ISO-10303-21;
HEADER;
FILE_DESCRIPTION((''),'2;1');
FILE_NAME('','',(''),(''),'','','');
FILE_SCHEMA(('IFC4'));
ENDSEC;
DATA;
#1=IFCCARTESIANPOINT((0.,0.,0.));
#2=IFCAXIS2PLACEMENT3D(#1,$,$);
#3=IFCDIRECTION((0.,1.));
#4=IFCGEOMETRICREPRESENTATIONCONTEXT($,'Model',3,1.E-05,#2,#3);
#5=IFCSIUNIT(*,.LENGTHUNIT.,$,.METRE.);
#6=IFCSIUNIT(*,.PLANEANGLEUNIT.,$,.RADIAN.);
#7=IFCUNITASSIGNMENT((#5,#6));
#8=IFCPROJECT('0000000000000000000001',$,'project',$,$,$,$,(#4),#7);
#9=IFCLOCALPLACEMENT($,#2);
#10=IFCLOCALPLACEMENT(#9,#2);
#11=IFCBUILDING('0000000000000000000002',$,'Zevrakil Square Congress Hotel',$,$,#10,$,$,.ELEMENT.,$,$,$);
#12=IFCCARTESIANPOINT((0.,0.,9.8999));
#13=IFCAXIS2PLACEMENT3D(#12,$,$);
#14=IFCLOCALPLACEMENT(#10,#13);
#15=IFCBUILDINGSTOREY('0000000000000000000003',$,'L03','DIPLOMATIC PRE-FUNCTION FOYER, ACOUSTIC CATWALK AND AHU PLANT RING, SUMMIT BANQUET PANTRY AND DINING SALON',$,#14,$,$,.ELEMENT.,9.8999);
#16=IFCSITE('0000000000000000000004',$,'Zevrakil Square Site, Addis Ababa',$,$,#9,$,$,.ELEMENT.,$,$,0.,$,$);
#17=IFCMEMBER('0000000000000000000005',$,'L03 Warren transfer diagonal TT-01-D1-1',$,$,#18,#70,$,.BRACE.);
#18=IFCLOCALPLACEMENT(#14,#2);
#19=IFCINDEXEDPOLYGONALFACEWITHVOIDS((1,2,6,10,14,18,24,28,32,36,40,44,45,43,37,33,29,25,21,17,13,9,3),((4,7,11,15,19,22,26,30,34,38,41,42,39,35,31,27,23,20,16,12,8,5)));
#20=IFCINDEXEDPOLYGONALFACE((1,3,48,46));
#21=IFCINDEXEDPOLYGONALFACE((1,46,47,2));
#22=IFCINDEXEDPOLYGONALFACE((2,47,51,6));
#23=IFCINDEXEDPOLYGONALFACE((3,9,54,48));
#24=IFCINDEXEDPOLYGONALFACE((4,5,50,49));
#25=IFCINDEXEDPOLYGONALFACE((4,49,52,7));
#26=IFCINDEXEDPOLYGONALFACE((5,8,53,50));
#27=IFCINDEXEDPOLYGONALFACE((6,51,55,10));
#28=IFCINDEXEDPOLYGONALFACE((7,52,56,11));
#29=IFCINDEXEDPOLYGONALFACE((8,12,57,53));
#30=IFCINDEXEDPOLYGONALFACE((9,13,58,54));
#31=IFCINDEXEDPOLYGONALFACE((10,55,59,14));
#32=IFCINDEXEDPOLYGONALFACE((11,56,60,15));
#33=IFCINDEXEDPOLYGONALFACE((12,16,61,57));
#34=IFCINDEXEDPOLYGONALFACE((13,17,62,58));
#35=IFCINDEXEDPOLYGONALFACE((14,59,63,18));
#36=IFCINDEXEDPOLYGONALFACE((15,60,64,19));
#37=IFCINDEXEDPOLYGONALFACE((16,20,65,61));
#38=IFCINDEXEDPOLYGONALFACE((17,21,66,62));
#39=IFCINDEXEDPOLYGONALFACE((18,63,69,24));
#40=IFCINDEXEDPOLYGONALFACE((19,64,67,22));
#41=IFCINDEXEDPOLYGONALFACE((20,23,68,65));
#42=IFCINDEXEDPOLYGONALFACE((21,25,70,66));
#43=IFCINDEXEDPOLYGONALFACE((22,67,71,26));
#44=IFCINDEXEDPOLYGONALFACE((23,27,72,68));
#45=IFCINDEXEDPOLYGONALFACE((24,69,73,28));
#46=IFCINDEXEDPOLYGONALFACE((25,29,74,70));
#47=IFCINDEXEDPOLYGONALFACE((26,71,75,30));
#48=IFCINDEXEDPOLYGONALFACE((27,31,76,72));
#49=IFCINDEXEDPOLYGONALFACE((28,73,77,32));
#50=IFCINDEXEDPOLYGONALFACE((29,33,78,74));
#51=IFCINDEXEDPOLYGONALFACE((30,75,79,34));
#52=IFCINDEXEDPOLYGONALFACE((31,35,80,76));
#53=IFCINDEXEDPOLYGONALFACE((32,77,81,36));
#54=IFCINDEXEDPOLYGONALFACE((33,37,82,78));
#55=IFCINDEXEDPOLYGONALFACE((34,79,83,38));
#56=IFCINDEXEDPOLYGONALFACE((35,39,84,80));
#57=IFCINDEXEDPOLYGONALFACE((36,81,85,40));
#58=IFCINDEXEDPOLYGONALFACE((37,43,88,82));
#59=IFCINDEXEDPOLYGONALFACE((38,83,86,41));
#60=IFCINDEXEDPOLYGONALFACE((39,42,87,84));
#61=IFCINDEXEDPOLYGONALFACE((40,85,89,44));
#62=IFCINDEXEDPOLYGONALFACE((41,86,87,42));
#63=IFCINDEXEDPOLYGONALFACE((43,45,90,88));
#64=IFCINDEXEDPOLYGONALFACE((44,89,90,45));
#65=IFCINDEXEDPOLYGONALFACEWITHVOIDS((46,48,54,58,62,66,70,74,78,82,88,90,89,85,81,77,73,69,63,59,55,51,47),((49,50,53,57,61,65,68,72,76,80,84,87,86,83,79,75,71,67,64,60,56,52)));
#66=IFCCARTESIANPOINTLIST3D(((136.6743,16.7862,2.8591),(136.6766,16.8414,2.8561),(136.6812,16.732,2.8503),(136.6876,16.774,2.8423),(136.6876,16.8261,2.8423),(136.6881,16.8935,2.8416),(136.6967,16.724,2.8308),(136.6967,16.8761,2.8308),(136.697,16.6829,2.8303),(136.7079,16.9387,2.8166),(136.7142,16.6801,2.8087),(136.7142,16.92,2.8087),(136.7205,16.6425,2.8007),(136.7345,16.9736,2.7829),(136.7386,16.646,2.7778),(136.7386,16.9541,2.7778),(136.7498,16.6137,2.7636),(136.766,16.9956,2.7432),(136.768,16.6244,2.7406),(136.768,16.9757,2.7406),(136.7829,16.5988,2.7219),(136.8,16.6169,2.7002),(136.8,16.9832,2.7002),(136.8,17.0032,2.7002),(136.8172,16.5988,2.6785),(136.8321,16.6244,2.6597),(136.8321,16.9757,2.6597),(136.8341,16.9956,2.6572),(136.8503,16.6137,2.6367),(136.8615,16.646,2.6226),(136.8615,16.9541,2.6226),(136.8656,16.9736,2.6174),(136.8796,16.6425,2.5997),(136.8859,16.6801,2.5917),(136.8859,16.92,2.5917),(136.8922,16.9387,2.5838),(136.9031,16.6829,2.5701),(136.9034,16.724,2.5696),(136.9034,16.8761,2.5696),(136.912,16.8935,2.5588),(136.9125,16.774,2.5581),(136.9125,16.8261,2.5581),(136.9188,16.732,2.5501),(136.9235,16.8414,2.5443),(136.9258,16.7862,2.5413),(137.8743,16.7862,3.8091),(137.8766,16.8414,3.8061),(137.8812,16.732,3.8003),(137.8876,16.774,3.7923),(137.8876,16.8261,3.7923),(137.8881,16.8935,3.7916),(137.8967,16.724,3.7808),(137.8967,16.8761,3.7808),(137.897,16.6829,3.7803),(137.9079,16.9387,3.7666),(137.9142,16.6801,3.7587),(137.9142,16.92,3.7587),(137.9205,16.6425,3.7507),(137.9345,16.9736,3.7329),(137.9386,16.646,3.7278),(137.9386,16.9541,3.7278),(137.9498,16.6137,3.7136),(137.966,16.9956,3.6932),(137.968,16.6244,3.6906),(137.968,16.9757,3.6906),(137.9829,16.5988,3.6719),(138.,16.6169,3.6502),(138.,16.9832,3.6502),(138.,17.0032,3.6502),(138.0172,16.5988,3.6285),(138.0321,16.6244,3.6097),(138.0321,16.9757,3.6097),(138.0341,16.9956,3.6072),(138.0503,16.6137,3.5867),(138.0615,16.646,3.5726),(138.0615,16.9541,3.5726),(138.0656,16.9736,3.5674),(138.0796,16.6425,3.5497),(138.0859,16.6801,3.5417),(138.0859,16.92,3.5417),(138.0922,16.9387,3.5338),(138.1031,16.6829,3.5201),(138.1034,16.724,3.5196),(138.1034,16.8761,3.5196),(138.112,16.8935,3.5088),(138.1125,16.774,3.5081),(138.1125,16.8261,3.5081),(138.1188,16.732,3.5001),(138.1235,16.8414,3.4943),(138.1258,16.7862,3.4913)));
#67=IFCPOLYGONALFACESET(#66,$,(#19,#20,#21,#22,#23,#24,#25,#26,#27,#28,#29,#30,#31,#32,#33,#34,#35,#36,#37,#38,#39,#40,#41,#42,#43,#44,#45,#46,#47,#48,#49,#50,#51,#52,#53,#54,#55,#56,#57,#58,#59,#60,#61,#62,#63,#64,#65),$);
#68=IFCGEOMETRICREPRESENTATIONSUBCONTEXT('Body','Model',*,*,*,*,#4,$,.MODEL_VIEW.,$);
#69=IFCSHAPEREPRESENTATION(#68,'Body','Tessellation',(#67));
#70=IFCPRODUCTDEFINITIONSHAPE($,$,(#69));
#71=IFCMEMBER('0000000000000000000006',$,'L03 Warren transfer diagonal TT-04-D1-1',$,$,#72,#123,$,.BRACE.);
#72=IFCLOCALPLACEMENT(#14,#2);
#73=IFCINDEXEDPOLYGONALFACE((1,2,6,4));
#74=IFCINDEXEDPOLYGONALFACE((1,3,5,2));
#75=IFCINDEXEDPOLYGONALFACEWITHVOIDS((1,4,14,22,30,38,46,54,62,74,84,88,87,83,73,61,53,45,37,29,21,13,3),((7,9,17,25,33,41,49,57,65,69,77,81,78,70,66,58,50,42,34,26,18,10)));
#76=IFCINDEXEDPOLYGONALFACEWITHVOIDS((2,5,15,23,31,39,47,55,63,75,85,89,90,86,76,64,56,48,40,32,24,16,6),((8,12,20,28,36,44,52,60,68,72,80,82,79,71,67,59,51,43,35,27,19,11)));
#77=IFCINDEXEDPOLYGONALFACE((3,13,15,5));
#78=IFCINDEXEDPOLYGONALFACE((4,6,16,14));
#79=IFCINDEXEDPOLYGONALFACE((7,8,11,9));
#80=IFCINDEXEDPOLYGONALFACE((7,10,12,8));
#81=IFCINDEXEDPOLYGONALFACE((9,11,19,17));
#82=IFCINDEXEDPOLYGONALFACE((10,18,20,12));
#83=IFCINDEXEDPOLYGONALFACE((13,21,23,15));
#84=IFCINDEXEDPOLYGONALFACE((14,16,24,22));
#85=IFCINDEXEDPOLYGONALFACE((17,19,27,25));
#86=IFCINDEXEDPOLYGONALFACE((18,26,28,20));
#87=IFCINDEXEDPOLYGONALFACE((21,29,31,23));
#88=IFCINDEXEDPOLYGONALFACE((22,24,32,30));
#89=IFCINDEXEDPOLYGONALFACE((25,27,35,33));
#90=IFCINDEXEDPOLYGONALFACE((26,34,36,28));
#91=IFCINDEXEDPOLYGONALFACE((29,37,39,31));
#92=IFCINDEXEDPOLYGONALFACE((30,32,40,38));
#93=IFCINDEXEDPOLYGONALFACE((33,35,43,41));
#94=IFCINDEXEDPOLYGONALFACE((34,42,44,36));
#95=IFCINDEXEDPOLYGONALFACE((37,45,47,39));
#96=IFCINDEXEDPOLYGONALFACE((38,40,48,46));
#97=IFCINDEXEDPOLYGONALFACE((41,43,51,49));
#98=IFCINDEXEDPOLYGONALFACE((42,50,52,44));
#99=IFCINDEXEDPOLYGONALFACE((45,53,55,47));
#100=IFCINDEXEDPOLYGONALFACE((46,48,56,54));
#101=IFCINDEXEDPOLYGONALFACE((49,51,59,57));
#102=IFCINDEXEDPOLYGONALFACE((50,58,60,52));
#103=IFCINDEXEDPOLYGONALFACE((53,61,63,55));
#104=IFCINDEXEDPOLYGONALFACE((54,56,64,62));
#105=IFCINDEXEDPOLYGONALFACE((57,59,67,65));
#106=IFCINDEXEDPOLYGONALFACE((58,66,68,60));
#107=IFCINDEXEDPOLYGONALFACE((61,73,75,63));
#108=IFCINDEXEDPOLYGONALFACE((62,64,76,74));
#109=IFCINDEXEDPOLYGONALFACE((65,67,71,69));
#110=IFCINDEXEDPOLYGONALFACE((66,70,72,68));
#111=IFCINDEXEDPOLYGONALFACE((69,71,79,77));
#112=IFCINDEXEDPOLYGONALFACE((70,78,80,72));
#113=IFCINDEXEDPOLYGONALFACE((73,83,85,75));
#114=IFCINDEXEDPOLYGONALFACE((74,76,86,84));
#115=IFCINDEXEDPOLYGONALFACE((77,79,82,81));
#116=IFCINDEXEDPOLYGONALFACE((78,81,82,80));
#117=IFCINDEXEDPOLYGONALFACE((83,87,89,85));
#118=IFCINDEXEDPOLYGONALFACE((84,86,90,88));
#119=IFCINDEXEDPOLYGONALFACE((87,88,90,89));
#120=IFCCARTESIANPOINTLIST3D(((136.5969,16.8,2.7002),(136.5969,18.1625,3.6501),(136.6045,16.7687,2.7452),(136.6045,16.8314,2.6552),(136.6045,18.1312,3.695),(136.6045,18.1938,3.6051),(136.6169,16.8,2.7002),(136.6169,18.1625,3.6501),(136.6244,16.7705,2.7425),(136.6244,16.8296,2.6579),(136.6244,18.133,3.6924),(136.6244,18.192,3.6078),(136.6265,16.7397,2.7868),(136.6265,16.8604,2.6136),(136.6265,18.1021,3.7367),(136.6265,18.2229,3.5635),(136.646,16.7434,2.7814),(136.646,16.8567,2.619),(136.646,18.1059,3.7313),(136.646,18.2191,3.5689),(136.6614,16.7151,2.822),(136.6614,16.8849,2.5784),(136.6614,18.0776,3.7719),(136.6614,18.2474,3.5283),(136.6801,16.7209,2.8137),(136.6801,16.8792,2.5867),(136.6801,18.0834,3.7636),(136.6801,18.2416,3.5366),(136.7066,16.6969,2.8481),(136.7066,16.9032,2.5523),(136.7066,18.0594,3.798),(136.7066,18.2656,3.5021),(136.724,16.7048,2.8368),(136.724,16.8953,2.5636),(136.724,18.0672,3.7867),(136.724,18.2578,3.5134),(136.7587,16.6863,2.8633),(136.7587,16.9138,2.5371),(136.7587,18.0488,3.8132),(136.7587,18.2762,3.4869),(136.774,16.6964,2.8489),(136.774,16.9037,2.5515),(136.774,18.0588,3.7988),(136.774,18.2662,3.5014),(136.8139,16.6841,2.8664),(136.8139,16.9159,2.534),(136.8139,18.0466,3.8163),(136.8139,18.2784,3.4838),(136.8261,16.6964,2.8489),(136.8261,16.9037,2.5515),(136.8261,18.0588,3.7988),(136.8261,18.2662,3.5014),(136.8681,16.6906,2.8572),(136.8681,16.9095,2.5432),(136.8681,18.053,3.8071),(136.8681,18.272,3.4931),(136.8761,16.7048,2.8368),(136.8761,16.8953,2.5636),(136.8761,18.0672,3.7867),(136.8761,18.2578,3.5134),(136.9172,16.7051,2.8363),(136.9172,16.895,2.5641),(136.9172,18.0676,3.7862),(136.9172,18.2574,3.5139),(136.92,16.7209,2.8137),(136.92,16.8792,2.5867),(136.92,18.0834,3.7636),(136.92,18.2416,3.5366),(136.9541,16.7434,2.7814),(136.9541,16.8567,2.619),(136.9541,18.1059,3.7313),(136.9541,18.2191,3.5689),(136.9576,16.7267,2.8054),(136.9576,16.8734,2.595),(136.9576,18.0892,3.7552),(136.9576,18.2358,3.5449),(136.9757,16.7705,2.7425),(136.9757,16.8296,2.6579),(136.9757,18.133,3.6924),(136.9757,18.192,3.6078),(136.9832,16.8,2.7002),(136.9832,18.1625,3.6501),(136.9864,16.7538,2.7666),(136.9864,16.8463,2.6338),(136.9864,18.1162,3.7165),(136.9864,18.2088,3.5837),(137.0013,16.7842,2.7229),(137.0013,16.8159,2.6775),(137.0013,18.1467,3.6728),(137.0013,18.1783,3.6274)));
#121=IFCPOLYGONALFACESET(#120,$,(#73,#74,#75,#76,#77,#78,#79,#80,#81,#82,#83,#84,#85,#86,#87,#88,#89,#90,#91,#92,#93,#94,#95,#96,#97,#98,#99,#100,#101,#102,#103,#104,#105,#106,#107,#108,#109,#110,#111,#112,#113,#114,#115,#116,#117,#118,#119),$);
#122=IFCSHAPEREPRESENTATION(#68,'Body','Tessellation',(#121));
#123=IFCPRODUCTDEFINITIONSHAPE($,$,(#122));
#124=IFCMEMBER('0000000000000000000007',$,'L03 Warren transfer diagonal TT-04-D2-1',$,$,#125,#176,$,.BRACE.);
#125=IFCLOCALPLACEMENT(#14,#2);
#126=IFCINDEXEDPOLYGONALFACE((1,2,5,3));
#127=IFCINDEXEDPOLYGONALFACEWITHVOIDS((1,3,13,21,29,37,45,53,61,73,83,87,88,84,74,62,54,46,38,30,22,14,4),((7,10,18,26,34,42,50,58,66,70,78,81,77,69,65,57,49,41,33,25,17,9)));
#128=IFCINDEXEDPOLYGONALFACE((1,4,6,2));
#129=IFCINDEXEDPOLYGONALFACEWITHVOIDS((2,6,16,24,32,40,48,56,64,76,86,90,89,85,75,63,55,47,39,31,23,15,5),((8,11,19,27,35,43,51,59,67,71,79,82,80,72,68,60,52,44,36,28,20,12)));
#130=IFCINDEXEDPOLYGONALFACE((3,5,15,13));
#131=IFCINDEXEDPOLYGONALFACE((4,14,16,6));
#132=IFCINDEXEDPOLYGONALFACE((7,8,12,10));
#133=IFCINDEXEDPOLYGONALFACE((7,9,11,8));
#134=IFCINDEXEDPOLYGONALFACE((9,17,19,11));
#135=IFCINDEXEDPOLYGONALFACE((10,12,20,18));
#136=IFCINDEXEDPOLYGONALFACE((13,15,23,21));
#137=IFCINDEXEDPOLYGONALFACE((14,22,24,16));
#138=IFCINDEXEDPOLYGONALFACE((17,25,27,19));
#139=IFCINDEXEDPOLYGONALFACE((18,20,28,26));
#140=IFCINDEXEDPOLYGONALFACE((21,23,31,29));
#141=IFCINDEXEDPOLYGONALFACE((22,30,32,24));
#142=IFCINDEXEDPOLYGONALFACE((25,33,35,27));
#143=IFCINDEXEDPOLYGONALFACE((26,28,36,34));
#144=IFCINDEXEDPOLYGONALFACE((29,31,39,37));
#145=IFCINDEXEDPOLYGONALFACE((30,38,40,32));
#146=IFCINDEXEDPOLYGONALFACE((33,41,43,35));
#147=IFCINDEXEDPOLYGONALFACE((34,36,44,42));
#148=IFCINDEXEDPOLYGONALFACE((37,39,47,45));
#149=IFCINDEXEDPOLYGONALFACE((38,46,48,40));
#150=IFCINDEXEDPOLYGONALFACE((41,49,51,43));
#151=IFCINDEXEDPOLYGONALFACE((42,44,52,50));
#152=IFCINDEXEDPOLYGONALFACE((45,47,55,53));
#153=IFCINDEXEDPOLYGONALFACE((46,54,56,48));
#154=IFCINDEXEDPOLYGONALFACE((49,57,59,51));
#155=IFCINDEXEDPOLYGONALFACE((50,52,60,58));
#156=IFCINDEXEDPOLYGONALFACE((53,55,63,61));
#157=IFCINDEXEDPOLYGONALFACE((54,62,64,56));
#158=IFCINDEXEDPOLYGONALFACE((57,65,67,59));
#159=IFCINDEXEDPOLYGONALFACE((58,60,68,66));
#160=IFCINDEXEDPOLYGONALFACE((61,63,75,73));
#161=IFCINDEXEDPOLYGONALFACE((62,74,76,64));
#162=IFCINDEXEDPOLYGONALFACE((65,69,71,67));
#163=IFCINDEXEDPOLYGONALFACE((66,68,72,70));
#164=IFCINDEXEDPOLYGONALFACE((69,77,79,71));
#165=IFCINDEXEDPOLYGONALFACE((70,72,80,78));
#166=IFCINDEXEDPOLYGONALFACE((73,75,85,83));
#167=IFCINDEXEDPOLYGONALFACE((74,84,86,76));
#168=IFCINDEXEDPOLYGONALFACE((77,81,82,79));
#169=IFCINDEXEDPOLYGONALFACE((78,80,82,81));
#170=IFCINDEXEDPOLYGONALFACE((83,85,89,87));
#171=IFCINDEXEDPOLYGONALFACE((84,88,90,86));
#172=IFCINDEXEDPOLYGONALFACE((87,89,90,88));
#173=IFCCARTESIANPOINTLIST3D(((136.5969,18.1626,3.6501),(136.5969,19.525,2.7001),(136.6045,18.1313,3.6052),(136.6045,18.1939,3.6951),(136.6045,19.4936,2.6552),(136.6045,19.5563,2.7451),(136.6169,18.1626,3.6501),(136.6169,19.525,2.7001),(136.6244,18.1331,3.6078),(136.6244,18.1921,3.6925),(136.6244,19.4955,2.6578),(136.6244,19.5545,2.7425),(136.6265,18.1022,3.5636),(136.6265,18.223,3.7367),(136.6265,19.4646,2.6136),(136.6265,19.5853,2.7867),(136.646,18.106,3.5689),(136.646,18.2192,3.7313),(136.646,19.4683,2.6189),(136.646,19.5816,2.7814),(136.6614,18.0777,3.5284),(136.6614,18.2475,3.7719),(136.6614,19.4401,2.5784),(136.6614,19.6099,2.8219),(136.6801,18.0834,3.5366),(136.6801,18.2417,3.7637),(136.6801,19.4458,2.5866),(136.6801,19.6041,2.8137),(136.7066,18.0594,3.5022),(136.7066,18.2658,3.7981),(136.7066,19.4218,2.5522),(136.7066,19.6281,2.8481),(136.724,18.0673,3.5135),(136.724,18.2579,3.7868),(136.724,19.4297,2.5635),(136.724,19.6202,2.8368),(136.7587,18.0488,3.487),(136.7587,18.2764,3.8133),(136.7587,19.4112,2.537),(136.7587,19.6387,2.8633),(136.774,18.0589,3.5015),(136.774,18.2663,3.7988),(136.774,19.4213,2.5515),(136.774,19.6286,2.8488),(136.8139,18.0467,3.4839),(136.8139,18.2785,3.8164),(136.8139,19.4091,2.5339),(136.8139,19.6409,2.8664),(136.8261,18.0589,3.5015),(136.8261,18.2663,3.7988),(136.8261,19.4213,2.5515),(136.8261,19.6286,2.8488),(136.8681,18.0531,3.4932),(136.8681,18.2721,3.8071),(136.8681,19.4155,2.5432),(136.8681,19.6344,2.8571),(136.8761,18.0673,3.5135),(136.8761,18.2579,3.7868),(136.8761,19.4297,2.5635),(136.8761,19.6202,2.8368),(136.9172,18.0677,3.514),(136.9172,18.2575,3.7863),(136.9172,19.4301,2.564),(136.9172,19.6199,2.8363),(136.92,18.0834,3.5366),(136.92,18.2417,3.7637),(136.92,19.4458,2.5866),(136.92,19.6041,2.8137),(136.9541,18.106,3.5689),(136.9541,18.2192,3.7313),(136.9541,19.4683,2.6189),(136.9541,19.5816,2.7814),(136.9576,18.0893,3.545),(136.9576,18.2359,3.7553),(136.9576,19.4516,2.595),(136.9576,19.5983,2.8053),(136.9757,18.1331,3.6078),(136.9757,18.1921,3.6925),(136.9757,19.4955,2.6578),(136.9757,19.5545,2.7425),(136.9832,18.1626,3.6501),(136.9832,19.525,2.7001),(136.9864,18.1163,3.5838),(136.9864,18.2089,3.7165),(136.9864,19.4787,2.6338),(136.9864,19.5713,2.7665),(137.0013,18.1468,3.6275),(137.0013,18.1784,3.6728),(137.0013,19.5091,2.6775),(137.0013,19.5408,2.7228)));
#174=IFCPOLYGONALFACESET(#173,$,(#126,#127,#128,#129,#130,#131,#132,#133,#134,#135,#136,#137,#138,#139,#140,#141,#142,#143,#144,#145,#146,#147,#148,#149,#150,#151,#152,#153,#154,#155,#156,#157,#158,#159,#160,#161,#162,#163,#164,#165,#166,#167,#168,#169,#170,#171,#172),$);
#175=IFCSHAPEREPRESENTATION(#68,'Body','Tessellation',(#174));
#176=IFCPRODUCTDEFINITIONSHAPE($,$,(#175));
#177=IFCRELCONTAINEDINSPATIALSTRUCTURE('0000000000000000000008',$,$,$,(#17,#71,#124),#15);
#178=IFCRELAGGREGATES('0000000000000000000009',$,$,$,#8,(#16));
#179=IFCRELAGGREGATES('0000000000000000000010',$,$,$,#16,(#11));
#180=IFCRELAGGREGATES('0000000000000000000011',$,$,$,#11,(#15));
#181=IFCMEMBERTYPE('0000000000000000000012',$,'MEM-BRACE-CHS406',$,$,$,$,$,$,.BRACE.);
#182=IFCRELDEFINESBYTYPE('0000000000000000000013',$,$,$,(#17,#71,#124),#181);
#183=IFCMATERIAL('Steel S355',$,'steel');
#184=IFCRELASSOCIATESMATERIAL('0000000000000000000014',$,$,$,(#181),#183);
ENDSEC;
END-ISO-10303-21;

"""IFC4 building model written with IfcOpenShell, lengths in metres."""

from ifc_helpers import new_model, si_unit, direction, frame, origin, origin_2d, place, context, subcontext, project, spatial, hollow_circle, extrude, material, material_profile, profile_set, type_object, element, save


model = new_model("IFC4")

# Units and contexts
model_context = context("Model", 3, precision=1e-05, world=origin(), true_north=direction((0.0, 1.0)))
body_context = subcontext(model_context, "Body", "Model", "MODEL_VIEW")
ifc_project = project(units=[si_unit("LENGTHUNIT", "METRE"), si_unit("PLANEANGLEUNIT", "RADIAN")], contexts=[model_context])

# Site, building, storey
site_placement = place(None, origin())
site = spatial("IfcSite", under=ifc_project, at=site_placement, Name="Zevrakil Square Site, Addis Ababa", CompositionType="ELEMENT", RefElevation=0.0)
building_placement = place(site_placement, origin())
building = spatial("IfcBuilding", under=site, at=building_placement, Name="Zevrakil Square Congress Hotel", CompositionType="ELEMENT")
storey_placement = place(building_placement, frame((0.0, 0.0, 9.8999)))
storey = spatial("IfcBuildingStorey", under=building, at=storey_placement, Name="L03", Description="DIPLOMATIC PRE-FUNCTION FOYER, ACOUSTIC CATWALK AND AHU PLANT RING, SUMMIT BANQUET PANTRY AND DINING SALON", CompositionType="ELEMENT", Elevation=9.8999)

# Members
ifc_material_1 = material(Name="Steel S355", Category="steel")
ifc_material_profile_1 = material_profile(ifc_material_1, hollow_circle(Radius=0.2031, WallThickness=0.02, at=origin_2d()), Name="CHS 406.4x20")
ifc_profile_set_1 = profile_set([ifc_material_profile_1], Name="Steel S355")
member_type_1 = type_object("IfcMemberType", Name="MEM-BRACE-CHS406", PredefinedType="BRACE", material=ifc_profile_set_1)
member_1_placement = place(storey_placement, frame((136.8, 16.8, 2.7002), z_axis=(0.784049, 0.0, 0.620699), x_axis=(0.0, 1.0, 0.0)))
element("IfcMember", 1, at=member_1_placement, inside=storey, type_object=member_type_1, Name="L03 Warren transfer diagonal TT-01-D1-1", PredefinedType="BRACE", context=body_context, shape_type="SweptSolid", body=[
    extrude(hollow_circle(Radius=0.2031, WallThickness=0.02, at=origin_2d()), origin(), (0.0, 0.0, 1.0), 1.5305),
])
for number, where, z_axis, x_axis, name in (
    (2, (136.8, 16.8, 2.7002), (0.0, 0.820315, 0.571913), (-1.0, 0.0, 0.0), "L03 Warren transfer diagonal TT-04-D1-1"),
    (3, (136.8, 18.1626, 3.6501), (0.0, 0.820266, -0.571982), (-1.0, 0.0, 0.0), "L03 Warren transfer diagonal TT-04-D2-1"),
):
    element("IfcMember", number, at=place(storey_placement, frame(where, z_axis=z_axis, x_axis=x_axis)), inside=storey, type_object=member_type_1, Name=name, PredefinedType="BRACE", context=body_context, shape_type="SweptSolid", body=[
        extrude(hollow_circle(Radius=0.2031, WallThickness=0.02, at=origin_2d()), origin(), (0.0, 0.0, 1.0), 1.6609),
    ])

save(model, "model.ifc")
